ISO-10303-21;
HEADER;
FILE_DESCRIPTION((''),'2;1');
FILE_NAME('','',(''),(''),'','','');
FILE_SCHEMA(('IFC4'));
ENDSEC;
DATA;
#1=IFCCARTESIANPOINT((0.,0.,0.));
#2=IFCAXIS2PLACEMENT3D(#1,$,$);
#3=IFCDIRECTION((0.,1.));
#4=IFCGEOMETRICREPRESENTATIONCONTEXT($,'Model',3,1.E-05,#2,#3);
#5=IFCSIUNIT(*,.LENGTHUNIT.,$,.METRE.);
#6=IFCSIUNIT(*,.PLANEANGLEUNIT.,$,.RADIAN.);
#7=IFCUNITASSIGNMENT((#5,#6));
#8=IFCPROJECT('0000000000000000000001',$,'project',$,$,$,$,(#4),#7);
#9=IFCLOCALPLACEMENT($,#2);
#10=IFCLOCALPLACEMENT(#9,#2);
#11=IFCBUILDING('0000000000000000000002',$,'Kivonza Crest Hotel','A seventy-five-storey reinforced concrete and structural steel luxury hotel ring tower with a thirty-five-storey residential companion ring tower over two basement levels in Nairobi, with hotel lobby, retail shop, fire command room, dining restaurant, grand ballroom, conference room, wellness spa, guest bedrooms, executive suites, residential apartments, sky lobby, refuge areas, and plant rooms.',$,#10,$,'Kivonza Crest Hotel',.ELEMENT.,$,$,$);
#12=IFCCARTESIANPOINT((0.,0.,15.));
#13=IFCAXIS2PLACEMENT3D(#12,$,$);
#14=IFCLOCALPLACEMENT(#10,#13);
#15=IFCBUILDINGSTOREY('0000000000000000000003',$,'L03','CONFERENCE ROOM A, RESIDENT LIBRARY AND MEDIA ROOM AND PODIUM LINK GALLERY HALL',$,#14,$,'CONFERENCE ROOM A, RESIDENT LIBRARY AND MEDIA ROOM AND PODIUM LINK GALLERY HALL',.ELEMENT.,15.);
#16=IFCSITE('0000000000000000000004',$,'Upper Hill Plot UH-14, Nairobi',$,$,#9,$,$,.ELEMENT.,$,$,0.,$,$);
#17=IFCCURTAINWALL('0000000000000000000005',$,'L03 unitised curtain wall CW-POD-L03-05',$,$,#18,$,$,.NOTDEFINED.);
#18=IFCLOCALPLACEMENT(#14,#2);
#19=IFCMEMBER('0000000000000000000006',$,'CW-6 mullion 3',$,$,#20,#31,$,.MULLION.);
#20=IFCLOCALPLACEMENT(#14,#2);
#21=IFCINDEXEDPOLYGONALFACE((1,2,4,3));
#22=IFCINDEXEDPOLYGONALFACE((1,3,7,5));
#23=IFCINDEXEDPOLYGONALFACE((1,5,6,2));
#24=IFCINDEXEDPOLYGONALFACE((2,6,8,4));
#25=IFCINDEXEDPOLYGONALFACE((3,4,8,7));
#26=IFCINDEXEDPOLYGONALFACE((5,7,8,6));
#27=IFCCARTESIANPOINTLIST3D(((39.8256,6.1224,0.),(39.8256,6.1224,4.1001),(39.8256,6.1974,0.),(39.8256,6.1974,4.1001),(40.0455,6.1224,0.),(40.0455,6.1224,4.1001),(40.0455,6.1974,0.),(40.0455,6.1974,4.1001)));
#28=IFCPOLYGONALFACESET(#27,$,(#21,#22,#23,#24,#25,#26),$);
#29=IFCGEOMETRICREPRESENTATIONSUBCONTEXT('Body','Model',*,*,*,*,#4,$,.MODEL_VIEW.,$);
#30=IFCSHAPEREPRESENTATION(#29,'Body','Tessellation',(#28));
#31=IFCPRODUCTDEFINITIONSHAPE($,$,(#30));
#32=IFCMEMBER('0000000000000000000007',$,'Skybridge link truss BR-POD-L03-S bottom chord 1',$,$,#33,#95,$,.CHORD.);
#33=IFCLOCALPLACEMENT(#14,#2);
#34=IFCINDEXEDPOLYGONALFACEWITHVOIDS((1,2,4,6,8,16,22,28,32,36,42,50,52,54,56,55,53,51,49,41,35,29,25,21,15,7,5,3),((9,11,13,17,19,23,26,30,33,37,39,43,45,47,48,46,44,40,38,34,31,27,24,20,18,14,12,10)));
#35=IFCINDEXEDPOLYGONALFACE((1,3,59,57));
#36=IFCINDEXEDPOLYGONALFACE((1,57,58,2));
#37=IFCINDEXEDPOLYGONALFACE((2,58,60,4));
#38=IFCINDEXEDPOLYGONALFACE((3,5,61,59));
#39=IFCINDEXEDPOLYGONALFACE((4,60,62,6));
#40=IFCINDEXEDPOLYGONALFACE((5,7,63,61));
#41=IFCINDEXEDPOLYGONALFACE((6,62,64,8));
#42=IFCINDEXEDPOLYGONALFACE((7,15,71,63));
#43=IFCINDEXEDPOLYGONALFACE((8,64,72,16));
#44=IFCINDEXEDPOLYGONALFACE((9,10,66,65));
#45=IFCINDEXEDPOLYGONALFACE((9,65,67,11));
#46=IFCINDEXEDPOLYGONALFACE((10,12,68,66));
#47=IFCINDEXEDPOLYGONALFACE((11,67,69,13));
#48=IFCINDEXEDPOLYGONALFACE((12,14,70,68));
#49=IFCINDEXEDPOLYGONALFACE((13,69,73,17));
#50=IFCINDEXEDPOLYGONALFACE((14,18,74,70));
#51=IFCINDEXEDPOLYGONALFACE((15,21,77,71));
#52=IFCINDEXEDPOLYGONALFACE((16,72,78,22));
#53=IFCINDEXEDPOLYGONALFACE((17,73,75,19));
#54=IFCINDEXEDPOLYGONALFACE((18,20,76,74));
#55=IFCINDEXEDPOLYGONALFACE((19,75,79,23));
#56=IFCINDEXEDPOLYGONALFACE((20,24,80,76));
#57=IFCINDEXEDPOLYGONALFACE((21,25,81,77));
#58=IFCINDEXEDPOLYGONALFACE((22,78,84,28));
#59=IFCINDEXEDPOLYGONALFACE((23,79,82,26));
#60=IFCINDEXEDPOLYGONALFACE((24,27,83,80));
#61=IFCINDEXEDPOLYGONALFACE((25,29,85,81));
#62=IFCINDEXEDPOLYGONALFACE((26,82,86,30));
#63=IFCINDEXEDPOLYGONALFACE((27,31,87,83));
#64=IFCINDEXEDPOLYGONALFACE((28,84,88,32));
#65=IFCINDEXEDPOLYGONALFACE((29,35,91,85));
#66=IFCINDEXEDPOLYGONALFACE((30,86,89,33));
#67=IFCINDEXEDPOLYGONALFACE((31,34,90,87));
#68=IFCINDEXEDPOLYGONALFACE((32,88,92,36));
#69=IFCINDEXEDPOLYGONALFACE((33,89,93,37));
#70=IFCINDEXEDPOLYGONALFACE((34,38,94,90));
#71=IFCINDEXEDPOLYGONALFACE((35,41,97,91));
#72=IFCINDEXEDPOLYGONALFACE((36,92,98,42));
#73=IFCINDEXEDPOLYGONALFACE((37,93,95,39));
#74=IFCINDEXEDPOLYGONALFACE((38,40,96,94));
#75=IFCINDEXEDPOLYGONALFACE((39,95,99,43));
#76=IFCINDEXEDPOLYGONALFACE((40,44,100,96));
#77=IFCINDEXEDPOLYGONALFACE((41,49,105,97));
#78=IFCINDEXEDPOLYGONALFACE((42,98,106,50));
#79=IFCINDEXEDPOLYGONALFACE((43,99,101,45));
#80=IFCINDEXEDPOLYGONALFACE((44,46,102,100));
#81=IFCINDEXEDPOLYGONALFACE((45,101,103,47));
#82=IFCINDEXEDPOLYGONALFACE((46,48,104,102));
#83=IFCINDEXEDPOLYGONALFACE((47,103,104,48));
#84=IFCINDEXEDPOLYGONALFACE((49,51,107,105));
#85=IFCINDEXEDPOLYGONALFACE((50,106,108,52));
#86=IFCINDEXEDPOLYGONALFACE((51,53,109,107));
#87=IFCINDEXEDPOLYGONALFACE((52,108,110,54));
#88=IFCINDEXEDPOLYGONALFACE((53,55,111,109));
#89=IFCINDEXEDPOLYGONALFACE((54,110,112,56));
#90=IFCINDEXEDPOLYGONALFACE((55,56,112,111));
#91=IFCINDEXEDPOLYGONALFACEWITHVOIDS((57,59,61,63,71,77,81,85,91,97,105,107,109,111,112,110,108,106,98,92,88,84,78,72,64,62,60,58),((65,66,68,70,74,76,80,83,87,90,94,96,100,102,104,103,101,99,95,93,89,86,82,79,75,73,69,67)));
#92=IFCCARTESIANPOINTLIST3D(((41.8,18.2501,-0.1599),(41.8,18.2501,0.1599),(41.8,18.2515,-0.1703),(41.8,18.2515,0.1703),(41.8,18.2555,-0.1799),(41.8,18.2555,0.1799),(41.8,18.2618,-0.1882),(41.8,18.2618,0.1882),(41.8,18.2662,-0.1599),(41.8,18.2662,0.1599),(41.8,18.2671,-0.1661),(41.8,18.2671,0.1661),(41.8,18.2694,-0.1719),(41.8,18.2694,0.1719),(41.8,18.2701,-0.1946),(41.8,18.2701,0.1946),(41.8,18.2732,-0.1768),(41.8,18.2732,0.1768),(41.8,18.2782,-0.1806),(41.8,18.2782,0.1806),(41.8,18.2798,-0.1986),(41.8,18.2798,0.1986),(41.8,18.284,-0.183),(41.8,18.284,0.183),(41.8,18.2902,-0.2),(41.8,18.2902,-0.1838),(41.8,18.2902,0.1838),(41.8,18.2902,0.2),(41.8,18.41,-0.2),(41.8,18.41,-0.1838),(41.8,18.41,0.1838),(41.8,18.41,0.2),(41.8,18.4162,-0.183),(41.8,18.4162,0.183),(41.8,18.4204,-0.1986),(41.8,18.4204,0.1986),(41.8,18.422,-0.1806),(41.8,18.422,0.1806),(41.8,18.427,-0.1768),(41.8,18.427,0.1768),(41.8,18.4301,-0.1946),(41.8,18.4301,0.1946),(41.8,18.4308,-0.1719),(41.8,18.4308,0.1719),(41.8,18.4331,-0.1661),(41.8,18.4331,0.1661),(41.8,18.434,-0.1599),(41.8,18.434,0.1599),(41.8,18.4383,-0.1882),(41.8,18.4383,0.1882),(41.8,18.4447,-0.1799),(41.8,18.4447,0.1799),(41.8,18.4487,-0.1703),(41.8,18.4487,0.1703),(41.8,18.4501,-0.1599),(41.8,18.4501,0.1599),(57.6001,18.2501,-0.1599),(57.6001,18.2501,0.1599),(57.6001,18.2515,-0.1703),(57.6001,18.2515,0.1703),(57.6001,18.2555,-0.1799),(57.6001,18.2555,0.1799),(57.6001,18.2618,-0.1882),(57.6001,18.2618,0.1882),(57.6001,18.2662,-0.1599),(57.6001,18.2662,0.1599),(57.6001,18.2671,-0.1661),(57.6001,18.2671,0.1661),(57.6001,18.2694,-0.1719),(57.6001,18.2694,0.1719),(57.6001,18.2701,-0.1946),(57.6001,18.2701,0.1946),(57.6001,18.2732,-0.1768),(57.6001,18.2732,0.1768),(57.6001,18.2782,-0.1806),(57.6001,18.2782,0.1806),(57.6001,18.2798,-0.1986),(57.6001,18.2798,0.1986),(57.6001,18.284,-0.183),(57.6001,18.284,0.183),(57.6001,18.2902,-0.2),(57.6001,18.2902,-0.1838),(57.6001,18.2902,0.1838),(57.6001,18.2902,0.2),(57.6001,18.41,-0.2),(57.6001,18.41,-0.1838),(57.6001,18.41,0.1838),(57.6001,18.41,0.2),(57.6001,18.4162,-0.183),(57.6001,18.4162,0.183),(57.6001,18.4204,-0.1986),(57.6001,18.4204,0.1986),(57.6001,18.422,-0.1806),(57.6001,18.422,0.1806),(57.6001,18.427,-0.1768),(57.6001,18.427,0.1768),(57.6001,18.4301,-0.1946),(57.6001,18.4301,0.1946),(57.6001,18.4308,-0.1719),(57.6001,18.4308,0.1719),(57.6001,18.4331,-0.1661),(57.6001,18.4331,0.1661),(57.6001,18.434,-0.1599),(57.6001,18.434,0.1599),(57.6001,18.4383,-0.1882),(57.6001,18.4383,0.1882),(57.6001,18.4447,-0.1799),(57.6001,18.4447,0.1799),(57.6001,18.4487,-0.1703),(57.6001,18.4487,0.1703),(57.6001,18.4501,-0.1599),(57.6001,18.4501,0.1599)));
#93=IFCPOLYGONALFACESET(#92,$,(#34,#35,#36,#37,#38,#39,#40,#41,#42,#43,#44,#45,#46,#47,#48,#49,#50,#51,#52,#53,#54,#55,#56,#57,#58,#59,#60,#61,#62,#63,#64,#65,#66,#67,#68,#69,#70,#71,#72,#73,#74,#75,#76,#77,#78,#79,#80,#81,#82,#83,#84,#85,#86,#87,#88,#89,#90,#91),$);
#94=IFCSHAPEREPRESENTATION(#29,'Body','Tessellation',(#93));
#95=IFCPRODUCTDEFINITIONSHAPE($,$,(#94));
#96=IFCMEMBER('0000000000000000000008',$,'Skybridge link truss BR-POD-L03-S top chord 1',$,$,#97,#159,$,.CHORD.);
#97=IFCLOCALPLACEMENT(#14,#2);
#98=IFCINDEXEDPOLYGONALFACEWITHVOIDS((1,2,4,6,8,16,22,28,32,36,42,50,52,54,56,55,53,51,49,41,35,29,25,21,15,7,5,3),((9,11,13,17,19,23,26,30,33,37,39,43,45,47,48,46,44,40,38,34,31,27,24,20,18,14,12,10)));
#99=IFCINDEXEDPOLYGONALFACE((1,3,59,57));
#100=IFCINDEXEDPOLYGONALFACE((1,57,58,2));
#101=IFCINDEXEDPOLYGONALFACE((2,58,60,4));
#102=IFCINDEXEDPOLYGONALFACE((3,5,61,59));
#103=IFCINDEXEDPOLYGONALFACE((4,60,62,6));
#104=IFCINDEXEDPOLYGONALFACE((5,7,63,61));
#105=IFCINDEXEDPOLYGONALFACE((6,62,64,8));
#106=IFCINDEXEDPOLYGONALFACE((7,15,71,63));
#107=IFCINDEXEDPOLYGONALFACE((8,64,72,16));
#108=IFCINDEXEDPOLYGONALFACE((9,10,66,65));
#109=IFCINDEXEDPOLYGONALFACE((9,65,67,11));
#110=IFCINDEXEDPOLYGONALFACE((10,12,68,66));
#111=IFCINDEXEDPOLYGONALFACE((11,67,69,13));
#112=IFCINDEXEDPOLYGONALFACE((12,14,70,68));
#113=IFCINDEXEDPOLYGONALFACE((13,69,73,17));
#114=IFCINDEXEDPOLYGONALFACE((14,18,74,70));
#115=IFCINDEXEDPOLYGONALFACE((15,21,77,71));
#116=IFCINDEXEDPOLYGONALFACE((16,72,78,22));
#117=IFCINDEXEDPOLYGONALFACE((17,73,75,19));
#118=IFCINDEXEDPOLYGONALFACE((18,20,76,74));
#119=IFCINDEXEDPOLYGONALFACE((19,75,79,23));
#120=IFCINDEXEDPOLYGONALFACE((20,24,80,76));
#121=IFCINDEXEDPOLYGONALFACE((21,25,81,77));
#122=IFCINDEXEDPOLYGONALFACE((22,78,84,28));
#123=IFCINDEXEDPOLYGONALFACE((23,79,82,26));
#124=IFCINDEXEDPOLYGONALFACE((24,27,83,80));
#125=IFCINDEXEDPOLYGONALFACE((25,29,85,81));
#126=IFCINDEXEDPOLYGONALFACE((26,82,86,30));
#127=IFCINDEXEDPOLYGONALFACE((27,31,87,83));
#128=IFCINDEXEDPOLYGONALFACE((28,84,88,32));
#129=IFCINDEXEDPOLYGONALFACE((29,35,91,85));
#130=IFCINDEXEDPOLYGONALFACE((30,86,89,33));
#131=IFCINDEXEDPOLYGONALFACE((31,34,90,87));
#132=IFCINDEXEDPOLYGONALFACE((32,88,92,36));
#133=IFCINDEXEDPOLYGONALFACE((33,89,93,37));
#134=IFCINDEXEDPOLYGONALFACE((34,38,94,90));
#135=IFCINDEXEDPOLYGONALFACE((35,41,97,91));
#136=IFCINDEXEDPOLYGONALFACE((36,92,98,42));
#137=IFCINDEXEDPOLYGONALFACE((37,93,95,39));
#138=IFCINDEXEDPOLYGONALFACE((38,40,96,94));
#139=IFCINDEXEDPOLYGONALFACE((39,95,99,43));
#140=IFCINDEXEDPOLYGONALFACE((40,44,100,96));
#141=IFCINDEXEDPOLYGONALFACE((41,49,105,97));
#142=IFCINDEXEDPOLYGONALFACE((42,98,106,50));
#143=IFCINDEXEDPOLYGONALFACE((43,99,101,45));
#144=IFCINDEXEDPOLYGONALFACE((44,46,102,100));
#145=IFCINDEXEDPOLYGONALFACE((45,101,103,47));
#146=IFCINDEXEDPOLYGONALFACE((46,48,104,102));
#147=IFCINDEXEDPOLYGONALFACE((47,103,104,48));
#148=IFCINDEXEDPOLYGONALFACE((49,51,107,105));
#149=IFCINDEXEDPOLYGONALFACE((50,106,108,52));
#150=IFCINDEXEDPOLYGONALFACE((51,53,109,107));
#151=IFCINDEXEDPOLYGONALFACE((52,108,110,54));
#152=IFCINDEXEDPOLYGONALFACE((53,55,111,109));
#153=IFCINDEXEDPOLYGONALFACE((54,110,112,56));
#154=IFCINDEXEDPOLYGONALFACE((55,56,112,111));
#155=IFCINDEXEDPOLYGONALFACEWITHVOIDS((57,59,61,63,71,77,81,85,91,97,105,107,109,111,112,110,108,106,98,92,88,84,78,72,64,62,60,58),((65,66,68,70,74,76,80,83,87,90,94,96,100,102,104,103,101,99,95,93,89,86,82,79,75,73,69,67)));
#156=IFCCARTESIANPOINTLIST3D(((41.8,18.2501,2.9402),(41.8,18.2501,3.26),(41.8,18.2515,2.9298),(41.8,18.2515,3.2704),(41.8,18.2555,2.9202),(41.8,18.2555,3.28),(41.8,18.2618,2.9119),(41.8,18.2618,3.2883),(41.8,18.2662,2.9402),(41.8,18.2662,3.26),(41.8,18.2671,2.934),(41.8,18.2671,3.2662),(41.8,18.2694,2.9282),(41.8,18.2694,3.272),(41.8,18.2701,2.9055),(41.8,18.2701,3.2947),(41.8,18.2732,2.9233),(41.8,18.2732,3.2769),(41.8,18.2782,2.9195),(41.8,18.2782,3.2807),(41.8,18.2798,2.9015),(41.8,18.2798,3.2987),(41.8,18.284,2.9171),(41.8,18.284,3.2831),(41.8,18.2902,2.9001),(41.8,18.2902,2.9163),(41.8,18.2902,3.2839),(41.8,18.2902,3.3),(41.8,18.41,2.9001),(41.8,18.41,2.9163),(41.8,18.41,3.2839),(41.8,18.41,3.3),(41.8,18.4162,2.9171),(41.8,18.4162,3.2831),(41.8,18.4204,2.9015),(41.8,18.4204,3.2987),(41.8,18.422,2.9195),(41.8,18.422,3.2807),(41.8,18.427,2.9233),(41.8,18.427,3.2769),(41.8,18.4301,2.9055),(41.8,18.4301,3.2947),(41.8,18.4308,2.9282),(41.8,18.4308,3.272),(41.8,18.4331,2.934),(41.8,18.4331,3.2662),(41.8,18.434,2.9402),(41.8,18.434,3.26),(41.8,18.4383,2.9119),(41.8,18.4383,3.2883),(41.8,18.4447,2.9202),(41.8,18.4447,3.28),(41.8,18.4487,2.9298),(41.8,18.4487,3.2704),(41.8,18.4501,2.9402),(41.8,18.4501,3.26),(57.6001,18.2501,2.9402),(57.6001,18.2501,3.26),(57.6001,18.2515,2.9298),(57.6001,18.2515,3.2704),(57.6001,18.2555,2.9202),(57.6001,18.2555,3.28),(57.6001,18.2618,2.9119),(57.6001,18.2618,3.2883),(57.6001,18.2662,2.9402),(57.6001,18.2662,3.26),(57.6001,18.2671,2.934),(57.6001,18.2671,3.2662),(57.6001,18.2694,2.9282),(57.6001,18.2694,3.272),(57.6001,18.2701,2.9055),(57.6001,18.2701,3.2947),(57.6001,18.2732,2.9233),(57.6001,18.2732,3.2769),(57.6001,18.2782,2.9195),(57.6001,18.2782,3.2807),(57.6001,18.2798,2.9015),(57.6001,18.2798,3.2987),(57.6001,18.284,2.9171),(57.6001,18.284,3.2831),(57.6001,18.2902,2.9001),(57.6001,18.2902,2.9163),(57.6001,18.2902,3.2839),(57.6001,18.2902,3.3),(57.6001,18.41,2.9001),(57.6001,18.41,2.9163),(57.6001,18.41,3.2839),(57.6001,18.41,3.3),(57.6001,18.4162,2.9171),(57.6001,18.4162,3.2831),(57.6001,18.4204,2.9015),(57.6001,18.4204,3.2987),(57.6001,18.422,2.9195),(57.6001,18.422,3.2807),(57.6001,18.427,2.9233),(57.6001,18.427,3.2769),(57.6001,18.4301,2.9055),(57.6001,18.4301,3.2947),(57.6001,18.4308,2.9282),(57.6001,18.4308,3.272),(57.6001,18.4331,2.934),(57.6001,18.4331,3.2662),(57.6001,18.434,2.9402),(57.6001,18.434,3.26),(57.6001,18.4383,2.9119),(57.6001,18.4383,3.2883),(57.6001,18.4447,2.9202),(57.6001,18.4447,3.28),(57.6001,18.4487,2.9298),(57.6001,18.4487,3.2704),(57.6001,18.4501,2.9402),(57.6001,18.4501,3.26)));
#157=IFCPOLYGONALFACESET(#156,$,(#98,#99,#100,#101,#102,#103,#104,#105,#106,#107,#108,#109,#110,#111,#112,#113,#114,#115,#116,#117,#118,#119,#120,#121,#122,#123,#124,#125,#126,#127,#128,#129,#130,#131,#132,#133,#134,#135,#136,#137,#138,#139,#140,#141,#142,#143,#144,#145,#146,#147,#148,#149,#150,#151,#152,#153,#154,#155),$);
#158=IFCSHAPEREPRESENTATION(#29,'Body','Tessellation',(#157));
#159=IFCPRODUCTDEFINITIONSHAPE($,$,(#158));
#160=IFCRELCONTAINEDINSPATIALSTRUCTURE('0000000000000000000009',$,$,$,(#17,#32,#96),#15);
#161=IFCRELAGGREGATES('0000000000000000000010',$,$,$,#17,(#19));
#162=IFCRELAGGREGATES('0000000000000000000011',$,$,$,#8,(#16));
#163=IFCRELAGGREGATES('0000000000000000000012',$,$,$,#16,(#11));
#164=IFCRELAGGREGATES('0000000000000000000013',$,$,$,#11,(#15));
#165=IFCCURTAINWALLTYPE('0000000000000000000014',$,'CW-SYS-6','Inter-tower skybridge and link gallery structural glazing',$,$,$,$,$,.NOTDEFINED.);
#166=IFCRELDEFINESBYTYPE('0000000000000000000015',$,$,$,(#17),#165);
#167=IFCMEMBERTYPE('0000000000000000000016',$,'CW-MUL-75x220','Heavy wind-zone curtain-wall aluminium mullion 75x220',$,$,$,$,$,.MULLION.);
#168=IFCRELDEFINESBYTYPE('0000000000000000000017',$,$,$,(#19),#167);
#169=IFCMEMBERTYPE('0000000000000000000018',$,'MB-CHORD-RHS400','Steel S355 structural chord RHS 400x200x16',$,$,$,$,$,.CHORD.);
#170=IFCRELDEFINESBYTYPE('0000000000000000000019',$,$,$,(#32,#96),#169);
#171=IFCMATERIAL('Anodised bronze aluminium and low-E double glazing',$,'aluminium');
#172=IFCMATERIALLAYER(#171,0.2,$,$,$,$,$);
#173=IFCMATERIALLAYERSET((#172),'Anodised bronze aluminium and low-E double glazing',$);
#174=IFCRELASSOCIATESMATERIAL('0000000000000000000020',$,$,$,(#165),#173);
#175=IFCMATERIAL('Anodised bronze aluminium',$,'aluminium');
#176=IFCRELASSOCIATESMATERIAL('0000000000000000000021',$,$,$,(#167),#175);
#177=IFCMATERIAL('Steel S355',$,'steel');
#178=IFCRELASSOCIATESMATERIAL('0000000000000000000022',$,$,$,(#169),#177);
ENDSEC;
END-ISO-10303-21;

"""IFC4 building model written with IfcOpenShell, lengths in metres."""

from ifc_helpers import new_model, si_unit, direction, frame, origin, origin_2d, place, context, subcontext, project, spatial, rectangle, hollow_rectangle, extrude, material, layer, layer_set, material_profile, profile_set, type_object, element, aggregate, save


model = new_model("IFC4")

# Units and contexts
model_context = context("Model", 3, precision=1e-05, world=origin(), true_north=direction((0.0, 1.0)))
body_context = subcontext(model_context, "Body", "Model", "MODEL_VIEW")
ifc_project = project(units=[si_unit("LENGTHUNIT", "METRE"), si_unit("PLANEANGLEUNIT", "RADIAN")], contexts=[model_context])

# Site, building, storey
site_placement = place(None, origin())
site = spatial("IfcSite", under=ifc_project, at=site_placement, Name="Upper Hill Plot UH-14, Nairobi", CompositionType="ELEMENT", RefElevation=0.0)
building_placement = place(site_placement, origin())
building = spatial("IfcBuilding", under=site, at=building_placement, Name="Kivonza Crest Hotel", Description="A seventy-five-storey reinforced concrete and structural steel luxury hotel ring tower with a thirty-five-storey residential companion ring tower over two basement levels in Nairobi, with hotel lobby, retail shop, fire command room, dining restaurant, grand ballroom, conference room, wellness spa, guest bedrooms, executive suites, residential apartments, sky lobby, refuge areas, and plant rooms.", LongName="Kivonza Crest Hotel", CompositionType="ELEMENT")
storey_placement = place(building_placement, frame((0.0, 0.0, 15.0)))
storey = spatial("IfcBuildingStorey", under=building, at=storey_placement, Name="L03", Description="CONFERENCE ROOM A, RESIDENT LIBRARY AND MEDIA ROOM AND PODIUM LINK GALLERY HALL", LongName="CONFERENCE ROOM A, RESIDENT LIBRARY AND MEDIA ROOM AND PODIUM LINK GALLERY HALL", CompositionType="ELEMENT", Elevation=15.0)

# Shared definitions
ifc_material_1 = material(Name="Steel S355", Category="steel")

# Curtain wall, member
ifc_material_2 = material(Name="Anodised bronze aluminium and low-E double glazing", Category="aluminium")
ifc_layer_1 = layer(ifc_material_2, 0.2)
ifc_layer_set_1 = layer_set([ifc_layer_1], Name="Anodised bronze aluminium and low-E double glazing")
curtain_wall_type = type_object("IfcCurtainWallType", Name="CW-SYS-6", Description="Inter-tower skybridge and link gallery structural glazing", PredefinedType="NOTDEFINED", material=ifc_layer_set_1)
curtain_wall_placement = place(storey_placement, origin())
curtain_wall = element("IfcCurtainWall", 1, at=curtain_wall_placement, inside=storey, type_object=curtain_wall_type, Name="L03 unitised curtain wall CW-POD-L03-05", PredefinedType="NOTDEFINED")
ifc_material_3 = material(Name="Anodised bronze aluminium", Category="aluminium")
ifc_material_profile_1 = material_profile(ifc_material_3, rectangle(XDim=0.075, YDim=0.22, at=origin_2d()), Name="CW-M 75x220")
ifc_profile_set_1 = profile_set([ifc_material_profile_1], Name="Anodised bronze aluminium")
member_type_1 = type_object("IfcMemberType", Name="CW-MUL-75x220", Description="Heavy wind-zone curtain-wall aluminium mullion 75x220", PredefinedType="MULLION", material=ifc_profile_set_1)
member_1_placement = place(storey_placement, frame((39.9355, 6.1599, 0.0), z_axis=(0.0, 0.0, 1.0), x_axis=(0.0, 1.0, 0.0)))
member_1 = element("IfcMember", 2, at=member_1_placement, type_object=member_type_1, Name="CW-6 mullion 3", PredefinedType="MULLION", context=body_context, shape_type="SweptSolid", body=[
    extrude(rectangle(XDim=0.075, YDim=0.22, at=origin_2d()), origin(), (0.0, 0.0, 1.0), 4.1001),
])
aggregate(curtain_wall, [member_1])

# Members
ifc_material_profile_2 = material_profile(ifc_material_1, hollow_rectangle(XDim=0.2, YDim=0.3999, WallThickness=0.0161, InnerFilletRadius=0.0239, OuterFilletRadius=0.04, at=origin_2d()), Name="RHS 400x200x16")
ifc_profile_set_2 = profile_set([ifc_material_profile_2], Name="Steel S355")
member_type_2 = type_object("IfcMemberType", Name="MB-CHORD-RHS400", Description="Steel S355 structural chord RHS 400x200x16", PredefinedType="CHORD", material=ifc_profile_set_2)
for number, where, z_axis, x_axis, name in (
    (3, (41.8, 18.3501, 0.0), (1.0, 0.0, 0.0), (0.0, 1.0, 0.0), "Skybridge link truss BR-POD-L03-S bottom chord 1"),
    (4, (41.8, 18.3501, 3.1001), (1.0, 0.0, 0.0), (0.0, 1.0, 0.0), "Skybridge link truss BR-POD-L03-S top chord 1"),
):
    element("IfcMember", number, at=place(storey_placement, frame(where, z_axis=z_axis, x_axis=x_axis)), inside=storey, type_object=member_type_2, Name=name, PredefinedType="CHORD", context=body_context, shape_type="SweptSolid", body=[
        extrude(hollow_rectangle(XDim=0.2, YDim=0.3999, WallThickness=0.0161, InnerFilletRadius=0.0239, OuterFilletRadius=0.04, at=origin_2d()), origin(), (0.0, 0.0, 1.0), 15.8),
    ])

save(model, "model.ifc")
